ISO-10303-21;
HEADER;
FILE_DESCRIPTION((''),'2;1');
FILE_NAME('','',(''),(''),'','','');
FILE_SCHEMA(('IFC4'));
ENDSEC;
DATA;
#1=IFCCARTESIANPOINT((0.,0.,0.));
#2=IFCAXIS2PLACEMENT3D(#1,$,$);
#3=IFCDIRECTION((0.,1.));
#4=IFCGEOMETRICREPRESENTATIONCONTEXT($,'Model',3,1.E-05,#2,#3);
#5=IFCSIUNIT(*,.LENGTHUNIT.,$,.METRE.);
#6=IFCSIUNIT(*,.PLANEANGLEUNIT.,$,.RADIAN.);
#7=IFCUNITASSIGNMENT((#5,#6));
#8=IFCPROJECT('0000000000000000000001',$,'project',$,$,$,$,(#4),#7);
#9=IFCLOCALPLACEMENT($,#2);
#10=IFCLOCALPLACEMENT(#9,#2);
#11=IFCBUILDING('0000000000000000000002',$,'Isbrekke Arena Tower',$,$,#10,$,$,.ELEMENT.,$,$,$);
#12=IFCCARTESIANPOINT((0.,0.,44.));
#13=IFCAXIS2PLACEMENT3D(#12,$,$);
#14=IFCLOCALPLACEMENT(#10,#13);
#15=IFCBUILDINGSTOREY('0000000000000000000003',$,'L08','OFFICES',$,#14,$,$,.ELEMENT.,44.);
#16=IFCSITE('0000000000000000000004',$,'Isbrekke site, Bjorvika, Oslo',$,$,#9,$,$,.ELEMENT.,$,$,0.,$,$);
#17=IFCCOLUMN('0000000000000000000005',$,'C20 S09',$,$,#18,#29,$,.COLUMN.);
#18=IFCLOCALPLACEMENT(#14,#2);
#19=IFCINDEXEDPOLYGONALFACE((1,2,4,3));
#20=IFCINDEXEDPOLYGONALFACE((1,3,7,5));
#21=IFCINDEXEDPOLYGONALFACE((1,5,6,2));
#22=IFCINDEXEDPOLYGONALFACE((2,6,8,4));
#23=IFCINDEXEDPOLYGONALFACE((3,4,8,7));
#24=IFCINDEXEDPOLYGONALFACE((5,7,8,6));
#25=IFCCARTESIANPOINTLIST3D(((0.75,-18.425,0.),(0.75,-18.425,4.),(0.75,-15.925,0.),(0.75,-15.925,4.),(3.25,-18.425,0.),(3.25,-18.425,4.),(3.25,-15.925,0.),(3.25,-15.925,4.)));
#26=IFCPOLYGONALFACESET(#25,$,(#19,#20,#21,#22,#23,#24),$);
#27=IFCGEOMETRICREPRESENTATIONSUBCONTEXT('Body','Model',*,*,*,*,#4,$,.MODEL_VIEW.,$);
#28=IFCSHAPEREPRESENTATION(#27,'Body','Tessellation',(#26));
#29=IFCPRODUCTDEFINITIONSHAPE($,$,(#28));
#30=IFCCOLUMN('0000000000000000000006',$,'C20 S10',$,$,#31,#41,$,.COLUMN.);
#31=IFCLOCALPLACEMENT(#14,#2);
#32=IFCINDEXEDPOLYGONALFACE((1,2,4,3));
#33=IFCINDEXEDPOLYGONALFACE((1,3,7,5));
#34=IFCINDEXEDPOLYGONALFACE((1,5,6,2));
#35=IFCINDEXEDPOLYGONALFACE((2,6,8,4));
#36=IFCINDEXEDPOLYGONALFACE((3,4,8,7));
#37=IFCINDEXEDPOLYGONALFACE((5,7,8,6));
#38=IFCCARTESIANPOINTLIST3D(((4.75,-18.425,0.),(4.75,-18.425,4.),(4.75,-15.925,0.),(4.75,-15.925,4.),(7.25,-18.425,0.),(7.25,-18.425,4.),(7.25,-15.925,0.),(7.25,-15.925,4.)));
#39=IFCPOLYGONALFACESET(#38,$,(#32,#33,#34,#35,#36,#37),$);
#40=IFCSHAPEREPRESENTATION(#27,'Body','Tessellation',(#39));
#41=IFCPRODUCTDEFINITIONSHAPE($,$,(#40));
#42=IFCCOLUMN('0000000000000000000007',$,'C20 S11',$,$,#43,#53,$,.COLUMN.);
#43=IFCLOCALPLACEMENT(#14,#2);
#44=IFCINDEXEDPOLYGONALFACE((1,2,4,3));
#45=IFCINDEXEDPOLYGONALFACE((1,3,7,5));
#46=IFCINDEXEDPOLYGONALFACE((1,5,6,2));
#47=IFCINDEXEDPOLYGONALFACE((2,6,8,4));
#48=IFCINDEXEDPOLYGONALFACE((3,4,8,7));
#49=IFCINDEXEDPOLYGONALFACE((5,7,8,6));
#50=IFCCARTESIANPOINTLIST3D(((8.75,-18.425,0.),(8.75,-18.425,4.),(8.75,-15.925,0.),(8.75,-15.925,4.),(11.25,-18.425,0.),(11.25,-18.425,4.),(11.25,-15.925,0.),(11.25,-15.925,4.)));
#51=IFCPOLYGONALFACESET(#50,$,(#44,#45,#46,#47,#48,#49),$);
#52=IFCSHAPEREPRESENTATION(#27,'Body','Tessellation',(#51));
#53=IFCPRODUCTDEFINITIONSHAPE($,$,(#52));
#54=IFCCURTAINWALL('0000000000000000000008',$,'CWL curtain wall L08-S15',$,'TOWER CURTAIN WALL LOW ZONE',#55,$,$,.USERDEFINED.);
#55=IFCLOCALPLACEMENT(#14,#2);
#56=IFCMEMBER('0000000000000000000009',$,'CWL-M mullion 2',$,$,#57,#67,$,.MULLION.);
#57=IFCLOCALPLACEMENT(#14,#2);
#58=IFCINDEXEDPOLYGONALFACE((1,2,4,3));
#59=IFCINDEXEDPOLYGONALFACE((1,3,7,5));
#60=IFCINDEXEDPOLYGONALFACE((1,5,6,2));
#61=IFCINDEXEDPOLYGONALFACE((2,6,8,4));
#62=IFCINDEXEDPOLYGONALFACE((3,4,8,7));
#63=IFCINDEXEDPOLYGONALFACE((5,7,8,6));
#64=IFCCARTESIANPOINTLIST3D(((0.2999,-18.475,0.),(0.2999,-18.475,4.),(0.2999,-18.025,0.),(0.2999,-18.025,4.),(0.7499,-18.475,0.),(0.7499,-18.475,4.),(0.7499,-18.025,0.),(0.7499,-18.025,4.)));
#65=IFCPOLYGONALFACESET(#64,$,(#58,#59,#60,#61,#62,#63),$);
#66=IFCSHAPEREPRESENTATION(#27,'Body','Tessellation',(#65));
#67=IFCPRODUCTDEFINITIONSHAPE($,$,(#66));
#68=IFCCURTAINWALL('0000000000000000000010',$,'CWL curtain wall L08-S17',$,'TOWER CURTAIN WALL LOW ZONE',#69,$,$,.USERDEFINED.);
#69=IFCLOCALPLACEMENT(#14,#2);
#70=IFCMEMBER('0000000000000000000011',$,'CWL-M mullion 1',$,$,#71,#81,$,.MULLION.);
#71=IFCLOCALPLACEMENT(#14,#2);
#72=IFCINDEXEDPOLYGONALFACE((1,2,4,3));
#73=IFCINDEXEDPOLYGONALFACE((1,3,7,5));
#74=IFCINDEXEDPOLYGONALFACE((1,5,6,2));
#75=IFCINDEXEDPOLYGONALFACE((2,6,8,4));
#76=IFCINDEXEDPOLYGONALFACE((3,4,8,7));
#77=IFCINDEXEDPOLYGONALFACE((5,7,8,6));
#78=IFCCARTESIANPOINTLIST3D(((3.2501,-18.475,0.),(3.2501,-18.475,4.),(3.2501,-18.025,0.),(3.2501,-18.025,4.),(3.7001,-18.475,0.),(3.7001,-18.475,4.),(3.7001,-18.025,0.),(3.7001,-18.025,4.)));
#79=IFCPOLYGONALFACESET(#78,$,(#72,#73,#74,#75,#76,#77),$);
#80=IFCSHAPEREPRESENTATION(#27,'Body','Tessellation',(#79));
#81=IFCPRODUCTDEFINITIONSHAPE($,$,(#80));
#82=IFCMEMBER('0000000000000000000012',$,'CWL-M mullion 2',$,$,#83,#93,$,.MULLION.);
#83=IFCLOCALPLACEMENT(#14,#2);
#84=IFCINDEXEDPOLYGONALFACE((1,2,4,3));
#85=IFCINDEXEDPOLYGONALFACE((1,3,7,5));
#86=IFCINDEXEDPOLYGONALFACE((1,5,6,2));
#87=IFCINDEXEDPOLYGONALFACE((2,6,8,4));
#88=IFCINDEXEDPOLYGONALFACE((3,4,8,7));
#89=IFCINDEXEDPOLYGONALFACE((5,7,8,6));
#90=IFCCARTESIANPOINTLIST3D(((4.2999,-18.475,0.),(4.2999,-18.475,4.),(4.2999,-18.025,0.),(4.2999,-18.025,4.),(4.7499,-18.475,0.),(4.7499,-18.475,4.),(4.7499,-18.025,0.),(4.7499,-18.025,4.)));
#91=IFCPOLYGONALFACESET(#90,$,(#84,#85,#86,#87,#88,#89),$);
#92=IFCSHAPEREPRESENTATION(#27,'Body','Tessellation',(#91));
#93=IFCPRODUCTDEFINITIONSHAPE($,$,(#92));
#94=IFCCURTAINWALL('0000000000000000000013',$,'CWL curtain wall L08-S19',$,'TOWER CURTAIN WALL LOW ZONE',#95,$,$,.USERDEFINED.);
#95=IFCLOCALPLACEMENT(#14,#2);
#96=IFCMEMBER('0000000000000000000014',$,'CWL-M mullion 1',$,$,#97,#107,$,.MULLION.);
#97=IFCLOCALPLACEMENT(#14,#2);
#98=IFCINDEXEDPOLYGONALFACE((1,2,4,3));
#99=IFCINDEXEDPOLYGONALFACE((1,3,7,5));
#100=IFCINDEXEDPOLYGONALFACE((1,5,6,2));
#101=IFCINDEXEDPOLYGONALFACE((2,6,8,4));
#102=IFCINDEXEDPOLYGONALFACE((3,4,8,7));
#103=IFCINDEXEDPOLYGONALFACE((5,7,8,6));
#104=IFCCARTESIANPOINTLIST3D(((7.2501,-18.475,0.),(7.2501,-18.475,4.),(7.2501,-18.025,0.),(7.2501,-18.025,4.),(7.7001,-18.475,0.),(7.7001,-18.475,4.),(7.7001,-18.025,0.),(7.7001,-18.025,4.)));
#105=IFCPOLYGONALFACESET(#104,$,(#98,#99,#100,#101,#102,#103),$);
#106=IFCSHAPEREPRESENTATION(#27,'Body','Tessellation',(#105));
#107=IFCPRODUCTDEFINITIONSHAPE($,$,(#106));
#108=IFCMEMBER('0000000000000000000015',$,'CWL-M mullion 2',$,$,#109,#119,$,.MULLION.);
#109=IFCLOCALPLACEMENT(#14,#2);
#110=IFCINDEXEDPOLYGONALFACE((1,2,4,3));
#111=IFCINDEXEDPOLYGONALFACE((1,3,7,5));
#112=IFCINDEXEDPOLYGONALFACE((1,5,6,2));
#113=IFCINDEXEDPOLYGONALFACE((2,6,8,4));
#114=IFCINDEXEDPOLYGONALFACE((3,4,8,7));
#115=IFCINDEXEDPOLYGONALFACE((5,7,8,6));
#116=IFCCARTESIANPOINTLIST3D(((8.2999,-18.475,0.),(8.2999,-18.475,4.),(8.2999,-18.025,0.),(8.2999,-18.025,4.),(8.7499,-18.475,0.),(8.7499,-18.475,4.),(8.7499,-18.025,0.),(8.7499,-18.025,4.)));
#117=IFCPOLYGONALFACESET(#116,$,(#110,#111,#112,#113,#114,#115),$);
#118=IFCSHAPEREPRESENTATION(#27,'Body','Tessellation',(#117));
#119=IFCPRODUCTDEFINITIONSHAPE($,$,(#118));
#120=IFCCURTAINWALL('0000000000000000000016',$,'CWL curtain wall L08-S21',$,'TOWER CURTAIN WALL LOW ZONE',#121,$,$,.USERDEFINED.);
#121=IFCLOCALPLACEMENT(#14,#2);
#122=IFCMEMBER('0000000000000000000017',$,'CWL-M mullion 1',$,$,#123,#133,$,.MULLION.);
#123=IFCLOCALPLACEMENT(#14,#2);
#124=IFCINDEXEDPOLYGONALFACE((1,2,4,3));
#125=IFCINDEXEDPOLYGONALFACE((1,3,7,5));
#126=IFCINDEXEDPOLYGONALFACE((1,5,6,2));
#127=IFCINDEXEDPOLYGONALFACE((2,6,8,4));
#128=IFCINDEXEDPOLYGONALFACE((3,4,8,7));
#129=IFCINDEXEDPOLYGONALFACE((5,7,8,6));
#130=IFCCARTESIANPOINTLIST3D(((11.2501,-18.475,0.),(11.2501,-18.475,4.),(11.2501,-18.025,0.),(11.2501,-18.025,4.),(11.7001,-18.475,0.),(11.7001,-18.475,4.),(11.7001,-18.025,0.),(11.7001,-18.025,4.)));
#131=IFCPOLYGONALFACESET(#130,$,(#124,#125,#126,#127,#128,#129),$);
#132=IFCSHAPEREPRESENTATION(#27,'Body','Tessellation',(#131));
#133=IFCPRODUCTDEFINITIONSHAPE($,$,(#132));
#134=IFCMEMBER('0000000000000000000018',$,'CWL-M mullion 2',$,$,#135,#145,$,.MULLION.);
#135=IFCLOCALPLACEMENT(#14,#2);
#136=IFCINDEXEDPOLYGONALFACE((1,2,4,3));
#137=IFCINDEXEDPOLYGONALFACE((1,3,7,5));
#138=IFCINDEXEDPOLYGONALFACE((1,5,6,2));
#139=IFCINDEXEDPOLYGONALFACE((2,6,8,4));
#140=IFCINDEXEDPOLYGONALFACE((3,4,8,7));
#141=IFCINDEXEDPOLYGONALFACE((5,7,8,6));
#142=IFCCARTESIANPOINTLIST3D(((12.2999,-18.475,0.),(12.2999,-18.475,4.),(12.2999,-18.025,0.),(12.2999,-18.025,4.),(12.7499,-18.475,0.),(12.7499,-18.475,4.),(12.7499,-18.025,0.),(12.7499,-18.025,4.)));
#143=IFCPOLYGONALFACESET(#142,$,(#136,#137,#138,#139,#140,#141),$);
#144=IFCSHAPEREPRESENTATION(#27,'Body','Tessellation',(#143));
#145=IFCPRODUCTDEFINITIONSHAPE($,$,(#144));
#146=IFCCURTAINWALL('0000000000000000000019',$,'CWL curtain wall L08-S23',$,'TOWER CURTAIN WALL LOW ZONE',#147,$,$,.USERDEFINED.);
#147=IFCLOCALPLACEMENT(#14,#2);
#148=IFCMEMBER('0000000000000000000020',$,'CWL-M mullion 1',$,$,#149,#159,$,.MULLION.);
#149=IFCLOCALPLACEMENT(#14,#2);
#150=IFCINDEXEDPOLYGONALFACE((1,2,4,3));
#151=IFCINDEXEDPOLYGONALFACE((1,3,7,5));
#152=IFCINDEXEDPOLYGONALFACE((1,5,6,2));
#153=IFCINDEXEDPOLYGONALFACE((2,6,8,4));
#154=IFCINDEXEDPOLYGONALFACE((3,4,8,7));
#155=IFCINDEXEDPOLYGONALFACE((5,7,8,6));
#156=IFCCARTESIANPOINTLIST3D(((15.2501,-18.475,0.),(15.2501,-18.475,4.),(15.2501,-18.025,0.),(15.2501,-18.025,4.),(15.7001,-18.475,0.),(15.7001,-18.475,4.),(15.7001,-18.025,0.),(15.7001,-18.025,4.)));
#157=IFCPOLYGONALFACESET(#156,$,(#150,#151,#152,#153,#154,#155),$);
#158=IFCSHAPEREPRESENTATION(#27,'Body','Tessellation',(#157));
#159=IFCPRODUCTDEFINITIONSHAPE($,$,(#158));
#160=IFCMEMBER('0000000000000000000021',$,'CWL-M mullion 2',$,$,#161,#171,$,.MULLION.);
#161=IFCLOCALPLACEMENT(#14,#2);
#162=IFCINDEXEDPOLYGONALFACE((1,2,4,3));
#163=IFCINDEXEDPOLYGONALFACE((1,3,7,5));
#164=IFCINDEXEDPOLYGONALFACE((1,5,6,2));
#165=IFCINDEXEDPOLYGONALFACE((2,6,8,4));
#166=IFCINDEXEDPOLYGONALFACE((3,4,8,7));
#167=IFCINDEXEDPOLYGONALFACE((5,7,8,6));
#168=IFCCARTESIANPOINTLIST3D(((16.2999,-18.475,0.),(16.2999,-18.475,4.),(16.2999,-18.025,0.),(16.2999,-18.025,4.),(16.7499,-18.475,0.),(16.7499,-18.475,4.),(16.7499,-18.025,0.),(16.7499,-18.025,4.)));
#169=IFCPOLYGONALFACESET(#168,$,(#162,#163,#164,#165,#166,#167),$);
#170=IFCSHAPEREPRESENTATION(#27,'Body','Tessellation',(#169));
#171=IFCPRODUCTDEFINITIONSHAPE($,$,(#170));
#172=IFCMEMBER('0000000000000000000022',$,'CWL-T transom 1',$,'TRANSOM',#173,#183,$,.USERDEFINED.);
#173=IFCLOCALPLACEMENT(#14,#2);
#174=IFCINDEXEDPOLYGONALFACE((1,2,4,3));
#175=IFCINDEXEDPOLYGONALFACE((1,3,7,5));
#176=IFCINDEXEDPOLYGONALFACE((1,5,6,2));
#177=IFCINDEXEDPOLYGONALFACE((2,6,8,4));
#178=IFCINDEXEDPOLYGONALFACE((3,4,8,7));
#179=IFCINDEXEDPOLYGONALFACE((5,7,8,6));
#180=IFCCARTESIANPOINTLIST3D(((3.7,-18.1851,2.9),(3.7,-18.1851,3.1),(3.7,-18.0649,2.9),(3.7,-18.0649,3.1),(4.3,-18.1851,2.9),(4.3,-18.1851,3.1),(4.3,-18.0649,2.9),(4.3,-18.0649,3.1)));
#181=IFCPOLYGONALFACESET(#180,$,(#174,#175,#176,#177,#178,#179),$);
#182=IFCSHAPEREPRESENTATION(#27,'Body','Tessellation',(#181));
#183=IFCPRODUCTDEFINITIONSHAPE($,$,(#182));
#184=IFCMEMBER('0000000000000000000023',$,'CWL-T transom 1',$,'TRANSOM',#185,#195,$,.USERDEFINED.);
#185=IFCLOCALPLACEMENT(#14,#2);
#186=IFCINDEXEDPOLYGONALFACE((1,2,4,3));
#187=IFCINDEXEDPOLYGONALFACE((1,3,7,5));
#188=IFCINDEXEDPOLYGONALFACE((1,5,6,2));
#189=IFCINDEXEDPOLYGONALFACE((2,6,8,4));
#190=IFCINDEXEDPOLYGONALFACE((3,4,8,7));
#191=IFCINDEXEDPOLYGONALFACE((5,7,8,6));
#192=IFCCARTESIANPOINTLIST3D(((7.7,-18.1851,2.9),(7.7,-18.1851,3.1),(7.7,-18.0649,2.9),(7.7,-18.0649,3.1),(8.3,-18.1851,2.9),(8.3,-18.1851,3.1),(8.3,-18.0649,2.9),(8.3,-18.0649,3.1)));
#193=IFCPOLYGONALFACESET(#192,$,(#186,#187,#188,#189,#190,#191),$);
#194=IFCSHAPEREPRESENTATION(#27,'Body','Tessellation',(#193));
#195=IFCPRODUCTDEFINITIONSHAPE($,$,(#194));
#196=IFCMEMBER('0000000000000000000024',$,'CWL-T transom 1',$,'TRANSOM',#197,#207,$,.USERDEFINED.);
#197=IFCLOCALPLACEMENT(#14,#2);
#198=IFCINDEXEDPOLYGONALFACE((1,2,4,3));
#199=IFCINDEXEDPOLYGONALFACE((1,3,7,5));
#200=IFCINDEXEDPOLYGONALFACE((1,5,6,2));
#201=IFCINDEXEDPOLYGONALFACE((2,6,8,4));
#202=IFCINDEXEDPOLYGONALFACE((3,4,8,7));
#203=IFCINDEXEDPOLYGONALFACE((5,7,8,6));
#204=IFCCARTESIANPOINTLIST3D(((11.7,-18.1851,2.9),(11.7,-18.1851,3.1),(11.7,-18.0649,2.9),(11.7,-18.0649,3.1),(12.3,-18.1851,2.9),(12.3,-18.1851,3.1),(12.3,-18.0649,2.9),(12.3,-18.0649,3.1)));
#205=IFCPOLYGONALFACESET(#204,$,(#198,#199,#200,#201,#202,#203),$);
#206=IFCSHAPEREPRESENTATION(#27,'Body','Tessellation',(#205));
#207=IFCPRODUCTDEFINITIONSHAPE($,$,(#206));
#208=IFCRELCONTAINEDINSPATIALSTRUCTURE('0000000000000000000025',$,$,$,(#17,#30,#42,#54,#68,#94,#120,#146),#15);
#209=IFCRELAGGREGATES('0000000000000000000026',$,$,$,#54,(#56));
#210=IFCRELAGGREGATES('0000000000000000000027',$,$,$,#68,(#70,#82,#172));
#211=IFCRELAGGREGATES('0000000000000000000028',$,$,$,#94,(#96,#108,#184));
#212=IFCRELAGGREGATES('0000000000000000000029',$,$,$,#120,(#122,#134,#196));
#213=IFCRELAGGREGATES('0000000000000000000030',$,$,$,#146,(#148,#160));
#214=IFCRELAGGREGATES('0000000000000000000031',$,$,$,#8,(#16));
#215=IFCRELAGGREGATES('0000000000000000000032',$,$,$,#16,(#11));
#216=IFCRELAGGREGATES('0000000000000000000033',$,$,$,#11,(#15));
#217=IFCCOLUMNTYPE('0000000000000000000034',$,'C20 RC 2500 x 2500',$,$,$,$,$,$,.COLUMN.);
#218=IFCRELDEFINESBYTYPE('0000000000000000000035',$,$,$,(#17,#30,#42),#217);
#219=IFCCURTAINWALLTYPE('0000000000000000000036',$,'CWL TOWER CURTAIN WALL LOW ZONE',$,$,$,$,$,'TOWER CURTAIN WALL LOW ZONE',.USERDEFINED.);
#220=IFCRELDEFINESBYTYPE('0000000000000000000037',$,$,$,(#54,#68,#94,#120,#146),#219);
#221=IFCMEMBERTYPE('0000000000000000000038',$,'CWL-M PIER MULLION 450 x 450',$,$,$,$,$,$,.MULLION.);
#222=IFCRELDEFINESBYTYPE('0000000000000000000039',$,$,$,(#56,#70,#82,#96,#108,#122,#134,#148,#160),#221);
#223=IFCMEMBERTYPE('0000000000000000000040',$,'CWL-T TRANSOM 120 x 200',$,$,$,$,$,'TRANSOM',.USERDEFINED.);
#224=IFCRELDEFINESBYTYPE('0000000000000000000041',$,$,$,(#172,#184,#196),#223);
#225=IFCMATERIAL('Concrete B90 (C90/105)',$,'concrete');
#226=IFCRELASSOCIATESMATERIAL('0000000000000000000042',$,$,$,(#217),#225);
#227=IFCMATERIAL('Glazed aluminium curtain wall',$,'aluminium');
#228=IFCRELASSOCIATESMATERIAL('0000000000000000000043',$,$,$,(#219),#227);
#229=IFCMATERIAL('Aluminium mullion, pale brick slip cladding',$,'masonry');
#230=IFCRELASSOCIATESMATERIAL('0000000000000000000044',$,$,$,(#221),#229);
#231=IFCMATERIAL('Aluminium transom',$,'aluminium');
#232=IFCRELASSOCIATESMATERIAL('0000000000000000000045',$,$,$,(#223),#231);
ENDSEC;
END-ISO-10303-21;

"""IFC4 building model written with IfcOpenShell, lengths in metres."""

from ifc_helpers import new_model, si_unit, direction, frame, origin, origin_2d, place, context, subcontext, project, spatial, rectangle, extrude, material, material_profile, profile_set, type_object, element, aggregate, save


model = new_model("IFC4")

# Units and contexts
model_context = context("Model", 3, precision=1e-05, world=origin(), true_north=direction((0.0, 1.0)))
body_context = subcontext(model_context, "Body", "Model", "MODEL_VIEW")
ifc_project = project(units=[si_unit("LENGTHUNIT", "METRE"), si_unit("PLANEANGLEUNIT", "RADIAN")], contexts=[model_context])

# Site, building, storey
site_placement = place(None, origin())
site = spatial("IfcSite", under=ifc_project, at=site_placement, Name="Isbrekke site, Bjorvika, Oslo", CompositionType="ELEMENT", RefElevation=0.0)
building_placement = place(site_placement, origin())
building = spatial("IfcBuilding", under=site, at=building_placement, Name="Isbrekke Arena Tower", CompositionType="ELEMENT")
storey_placement = place(building_placement, frame((0.0, 0.0, 44.0)))
storey = spatial("IfcBuildingStorey", under=building, at=storey_placement, Name="L08", Description="OFFICES", CompositionType="ELEMENT", Elevation=44.0)

# Columns
ifc_material_1 = material(Name="Concrete B90 (C90/105)", Category="concrete")
ifc_material_profile_1 = material_profile(ifc_material_1, rectangle(XDim=2.5, YDim=2.5, at=origin_2d()), Name="RC 2500x2500")
ifc_profile_set_1 = profile_set([ifc_material_profile_1], Name="Concrete B90 (C90/105)")
column_type = type_object("IfcColumnType", Name="C20 RC 2500 x 2500", PredefinedType="COLUMN", material=ifc_profile_set_1)
for number, where, z_axis, x_axis, name in (
    (1, (2.0, -17.175, 0.0), (0.0, 0.0, 1.0), (1.0, 0.0, 0.0), "C20 S09"),
    (2, (6.0, -17.175, 0.0), (0.0, 0.0, 1.0), (1.0, 0.0, 0.0), "C20 S10"),
    (3, (10.0, -17.175, 0.0), (0.0, 0.0, 1.0), (1.0, 0.0, 0.0), "C20 S11"),
):
    element("IfcColumn", number, at=place(storey_placement, frame(where, z_axis=z_axis, x_axis=x_axis)), inside=storey, type_object=column_type, Name=name, PredefinedType="COLUMN", context=body_context, shape_type="SweptSolid", body=[
        extrude(rectangle(XDim=2.5, YDim=2.5, at=origin_2d()), origin(), (0.0, 0.0, 1.0), 4.0),
    ])

# Curtain wall, member
ifc_material_2 = material(Name="Glazed aluminium curtain wall", Category="aluminium")
curtain_wall_type = type_object("IfcCurtainWallType", Name="CWL TOWER CURTAIN WALL LOW ZONE", ElementType="TOWER CURTAIN WALL LOW ZONE", PredefinedType="USERDEFINED", material=ifc_material_2)
curtain_wall_1_placement = place(storey_placement, origin())
curtain_wall_1 = element("IfcCurtainWall", 4, at=curtain_wall_1_placement, inside=storey, type_object=curtain_wall_type, Name="CWL curtain wall L08-S15", ObjectType="TOWER CURTAIN WALL LOW ZONE", PredefinedType="USERDEFINED")
ifc_material_3 = material(Name="Aluminium mullion, pale brick slip cladding", Category="masonry")
ifc_material_profile_2 = material_profile(ifc_material_3, rectangle(XDim=0.45, YDim=0.45, at=origin_2d()), Name="PIER 450X450")
ifc_profile_set_2 = profile_set([ifc_material_profile_2], Name="Aluminium mullion, pale brick slip cladding")
member_type_1 = type_object("IfcMemberType", Name="CWL-M PIER MULLION 450 x 450", PredefinedType="MULLION", material=ifc_profile_set_2)
member_1_placement = place(storey_placement, frame((0.5249, -18.25, 0.0), z_axis=(0.0, 0.0, 1.0), x_axis=(1.0, 0.0, 0.0)))
member_1 = element("IfcMember", 5, at=member_1_placement, type_object=member_type_1, Name="CWL-M mullion 2", PredefinedType="MULLION", context=body_context, shape_type="SweptSolid", body=[
    extrude(rectangle(XDim=0.45, YDim=0.45, at=origin_2d()), origin(), (0.0, 0.0, 1.0), 4.0),
])

# Curtain walls, members
curtain_wall_2_placement = place(storey_placement, origin())
curtain_wall_2 = element("IfcCurtainWall", 6, at=curtain_wall_2_placement, inside=storey, type_object=curtain_wall_type, Name="CWL curtain wall L08-S17", ObjectType="TOWER CURTAIN WALL LOW ZONE", PredefinedType="USERDEFINED")
member_2_placement = place(storey_placement, frame((3.4751, -18.25, 0.0), z_axis=(0.0, 0.0, 1.0), x_axis=(1.0, 0.0, 0.0)))
member_2 = element("IfcMember", 7, at=member_2_placement, type_object=member_type_1, Name="CWL-M mullion 1", PredefinedType="MULLION", context=body_context, shape_type="SweptSolid", body=[
    extrude(rectangle(XDim=0.45, YDim=0.45, at=origin_2d()), origin(), (0.0, 0.0, 1.0), 4.0),
])
member_3_placement = place(storey_placement, frame((4.5249, -18.25, 0.0), z_axis=(0.0, 0.0, 1.0), x_axis=(1.0, 0.0, 0.0)))
member_3 = element("IfcMember", 8, at=member_3_placement, type_object=member_type_1, Name="CWL-M mullion 2", PredefinedType="MULLION", context=body_context, shape_type="SweptSolid", body=[
    extrude(rectangle(XDim=0.45, YDim=0.45, at=origin_2d()), origin(), (0.0, 0.0, 1.0), 4.0),
])
curtain_wall_3_placement = place(storey_placement, origin())
curtain_wall_3 = element("IfcCurtainWall", 9, at=curtain_wall_3_placement, inside=storey, type_object=curtain_wall_type, Name="CWL curtain wall L08-S19", ObjectType="TOWER CURTAIN WALL LOW ZONE", PredefinedType="USERDEFINED")
member_4_placement = place(storey_placement, frame((7.4751, -18.25, 0.0), z_axis=(0.0, 0.0, 1.0), x_axis=(1.0, 0.0, 0.0)))
member_4 = element("IfcMember", 10, at=member_4_placement, type_object=member_type_1, Name="CWL-M mullion 1", PredefinedType="MULLION", context=body_context, shape_type="SweptSolid", body=[
    extrude(rectangle(XDim=0.45, YDim=0.45, at=origin_2d()), origin(), (0.0, 0.0, 1.0), 4.0),
])
member_5_placement = place(storey_placement, frame((8.5249, -18.25, 0.0), z_axis=(0.0, 0.0, 1.0), x_axis=(1.0, 0.0, 0.0)))
member_5 = element("IfcMember", 11, at=member_5_placement, type_object=member_type_1, Name="CWL-M mullion 2", PredefinedType="MULLION", context=body_context, shape_type="SweptSolid", body=[
    extrude(rectangle(XDim=0.45, YDim=0.45, at=origin_2d()), origin(), (0.0, 0.0, 1.0), 4.0),
])
curtain_wall_4_placement = place(storey_placement, origin())
curtain_wall_4 = element("IfcCurtainWall", 12, at=curtain_wall_4_placement, inside=storey, type_object=curtain_wall_type, Name="CWL curtain wall L08-S21", ObjectType="TOWER CURTAIN WALL LOW ZONE", PredefinedType="USERDEFINED")
member_6_placement = place(storey_placement, frame((11.4751, -18.25, 0.0), z_axis=(0.0, 0.0, 1.0), x_axis=(1.0, 0.0, 0.0)))
member_6 = element("IfcMember", 13, at=member_6_placement, type_object=member_type_1, Name="CWL-M mullion 1", PredefinedType="MULLION", context=body_context, shape_type="SweptSolid", body=[
    extrude(rectangle(XDim=0.45, YDim=0.45, at=origin_2d()), origin(), (0.0, 0.0, 1.0), 4.0),
])
member_7_placement = place(storey_placement, frame((12.5249, -18.25, 0.0), z_axis=(0.0, 0.0, 1.0), x_axis=(1.0, 0.0, 0.0)))
member_7 = element("IfcMember", 14, at=member_7_placement, type_object=member_type_1, Name="CWL-M mullion 2", PredefinedType="MULLION", context=body_context, shape_type="SweptSolid", body=[
    extrude(rectangle(XDim=0.45, YDim=0.45, at=origin_2d()), origin(), (0.0, 0.0, 1.0), 4.0),
])
curtain_wall_5_placement = place(storey_placement, origin())
curtain_wall_5 = element("IfcCurtainWall", 15, at=curtain_wall_5_placement, inside=storey, type_object=curtain_wall_type, Name="CWL curtain wall L08-S23", ObjectType="TOWER CURTAIN WALL LOW ZONE", PredefinedType="USERDEFINED")
member_8_placement = place(storey_placement, frame((15.4751, -18.25, 0.0), z_axis=(0.0, 0.0, 1.0), x_axis=(1.0, 0.0, 0.0)))
member_8 = element("IfcMember", 16, at=member_8_placement, type_object=member_type_1, Name="CWL-M mullion 1", PredefinedType="MULLION", context=body_context, shape_type="SweptSolid", body=[
    extrude(rectangle(XDim=0.45, YDim=0.45, at=origin_2d()), origin(), (0.0, 0.0, 1.0), 4.0),
])
member_9_placement = place(storey_placement, frame((16.5249, -18.25, 0.0), z_axis=(0.0, 0.0, 1.0), x_axis=(1.0, 0.0, 0.0)))
member_9 = element("IfcMember", 17, at=member_9_placement, type_object=member_type_1, Name="CWL-M mullion 2", PredefinedType="MULLION", context=body_context, shape_type="SweptSolid", body=[
    extrude(rectangle(XDim=0.45, YDim=0.45, at=origin_2d()), origin(), (0.0, 0.0, 1.0), 4.0),
])

# Members
ifc_material_4 = material(Name="Aluminium transom", Category="aluminium")
ifc_material_profile_3 = material_profile(ifc_material_4, rectangle(XDim=0.1201, YDim=0.2, at=origin_2d()), Name="TRANSOM 120X200")
ifc_profile_set_3 = profile_set([ifc_material_profile_3], Name="Aluminium transom")
member_type_2 = type_object("IfcMemberType", Name="CWL-T TRANSOM 120 x 200", ElementType="TRANSOM", PredefinedType="USERDEFINED", material=ifc_profile_set_3)
member_10_placement = place(storey_placement, frame((3.7, -18.125, 3.0), z_axis=(1.0, 0.0, 0.0), x_axis=(0.0, 1.0, 0.0)))
member_10 = element("IfcMember", 18, at=member_10_placement, type_object=member_type_2, Name="CWL-T transom 1", ObjectType="TRANSOM", PredefinedType="USERDEFINED", context=body_context, shape_type="SweptSolid", body=[
    extrude(rectangle(XDim=0.1201, YDim=0.2, at=origin_2d()), origin(), (0.0, 0.0, 1.0), 0.6001),
])
member_11_placement = place(storey_placement, frame((7.7, -18.125, 3.0), z_axis=(1.0, 0.0, 0.0), x_axis=(0.0, 1.0, 0.0)))
member_11 = element("IfcMember", 19, at=member_11_placement, type_object=member_type_2, Name="CWL-T transom 1", ObjectType="TRANSOM", PredefinedType="USERDEFINED", context=body_context, shape_type="SweptSolid", body=[
    extrude(rectangle(XDim=0.1201, YDim=0.2, at=origin_2d()), origin(), (0.0, 0.0, 1.0), 0.6001),
])
member_12_placement = place(storey_placement, frame((11.7, -18.125, 3.0), z_axis=(1.0, 0.0, 0.0), x_axis=(0.0, 1.0, 0.0)))
member_12 = element("IfcMember", 20, at=member_12_placement, type_object=member_type_2, Name="CWL-T transom 1", ObjectType="TRANSOM", PredefinedType="USERDEFINED", context=body_context, shape_type="SweptSolid", body=[
    extrude(rectangle(XDim=0.1201, YDim=0.2, at=origin_2d()), origin(), (0.0, 0.0, 1.0), 0.6001),
])

aggregate(curtain_wall_1, [member_1])
aggregate(curtain_wall_2, [member_2, member_3, member_10])
aggregate(curtain_wall_3, [member_4, member_5, member_11])
aggregate(curtain_wall_4, [member_6, member_7, member_12])
aggregate(curtain_wall_5, [member_8, member_9])

save(model, "model.ifc")
